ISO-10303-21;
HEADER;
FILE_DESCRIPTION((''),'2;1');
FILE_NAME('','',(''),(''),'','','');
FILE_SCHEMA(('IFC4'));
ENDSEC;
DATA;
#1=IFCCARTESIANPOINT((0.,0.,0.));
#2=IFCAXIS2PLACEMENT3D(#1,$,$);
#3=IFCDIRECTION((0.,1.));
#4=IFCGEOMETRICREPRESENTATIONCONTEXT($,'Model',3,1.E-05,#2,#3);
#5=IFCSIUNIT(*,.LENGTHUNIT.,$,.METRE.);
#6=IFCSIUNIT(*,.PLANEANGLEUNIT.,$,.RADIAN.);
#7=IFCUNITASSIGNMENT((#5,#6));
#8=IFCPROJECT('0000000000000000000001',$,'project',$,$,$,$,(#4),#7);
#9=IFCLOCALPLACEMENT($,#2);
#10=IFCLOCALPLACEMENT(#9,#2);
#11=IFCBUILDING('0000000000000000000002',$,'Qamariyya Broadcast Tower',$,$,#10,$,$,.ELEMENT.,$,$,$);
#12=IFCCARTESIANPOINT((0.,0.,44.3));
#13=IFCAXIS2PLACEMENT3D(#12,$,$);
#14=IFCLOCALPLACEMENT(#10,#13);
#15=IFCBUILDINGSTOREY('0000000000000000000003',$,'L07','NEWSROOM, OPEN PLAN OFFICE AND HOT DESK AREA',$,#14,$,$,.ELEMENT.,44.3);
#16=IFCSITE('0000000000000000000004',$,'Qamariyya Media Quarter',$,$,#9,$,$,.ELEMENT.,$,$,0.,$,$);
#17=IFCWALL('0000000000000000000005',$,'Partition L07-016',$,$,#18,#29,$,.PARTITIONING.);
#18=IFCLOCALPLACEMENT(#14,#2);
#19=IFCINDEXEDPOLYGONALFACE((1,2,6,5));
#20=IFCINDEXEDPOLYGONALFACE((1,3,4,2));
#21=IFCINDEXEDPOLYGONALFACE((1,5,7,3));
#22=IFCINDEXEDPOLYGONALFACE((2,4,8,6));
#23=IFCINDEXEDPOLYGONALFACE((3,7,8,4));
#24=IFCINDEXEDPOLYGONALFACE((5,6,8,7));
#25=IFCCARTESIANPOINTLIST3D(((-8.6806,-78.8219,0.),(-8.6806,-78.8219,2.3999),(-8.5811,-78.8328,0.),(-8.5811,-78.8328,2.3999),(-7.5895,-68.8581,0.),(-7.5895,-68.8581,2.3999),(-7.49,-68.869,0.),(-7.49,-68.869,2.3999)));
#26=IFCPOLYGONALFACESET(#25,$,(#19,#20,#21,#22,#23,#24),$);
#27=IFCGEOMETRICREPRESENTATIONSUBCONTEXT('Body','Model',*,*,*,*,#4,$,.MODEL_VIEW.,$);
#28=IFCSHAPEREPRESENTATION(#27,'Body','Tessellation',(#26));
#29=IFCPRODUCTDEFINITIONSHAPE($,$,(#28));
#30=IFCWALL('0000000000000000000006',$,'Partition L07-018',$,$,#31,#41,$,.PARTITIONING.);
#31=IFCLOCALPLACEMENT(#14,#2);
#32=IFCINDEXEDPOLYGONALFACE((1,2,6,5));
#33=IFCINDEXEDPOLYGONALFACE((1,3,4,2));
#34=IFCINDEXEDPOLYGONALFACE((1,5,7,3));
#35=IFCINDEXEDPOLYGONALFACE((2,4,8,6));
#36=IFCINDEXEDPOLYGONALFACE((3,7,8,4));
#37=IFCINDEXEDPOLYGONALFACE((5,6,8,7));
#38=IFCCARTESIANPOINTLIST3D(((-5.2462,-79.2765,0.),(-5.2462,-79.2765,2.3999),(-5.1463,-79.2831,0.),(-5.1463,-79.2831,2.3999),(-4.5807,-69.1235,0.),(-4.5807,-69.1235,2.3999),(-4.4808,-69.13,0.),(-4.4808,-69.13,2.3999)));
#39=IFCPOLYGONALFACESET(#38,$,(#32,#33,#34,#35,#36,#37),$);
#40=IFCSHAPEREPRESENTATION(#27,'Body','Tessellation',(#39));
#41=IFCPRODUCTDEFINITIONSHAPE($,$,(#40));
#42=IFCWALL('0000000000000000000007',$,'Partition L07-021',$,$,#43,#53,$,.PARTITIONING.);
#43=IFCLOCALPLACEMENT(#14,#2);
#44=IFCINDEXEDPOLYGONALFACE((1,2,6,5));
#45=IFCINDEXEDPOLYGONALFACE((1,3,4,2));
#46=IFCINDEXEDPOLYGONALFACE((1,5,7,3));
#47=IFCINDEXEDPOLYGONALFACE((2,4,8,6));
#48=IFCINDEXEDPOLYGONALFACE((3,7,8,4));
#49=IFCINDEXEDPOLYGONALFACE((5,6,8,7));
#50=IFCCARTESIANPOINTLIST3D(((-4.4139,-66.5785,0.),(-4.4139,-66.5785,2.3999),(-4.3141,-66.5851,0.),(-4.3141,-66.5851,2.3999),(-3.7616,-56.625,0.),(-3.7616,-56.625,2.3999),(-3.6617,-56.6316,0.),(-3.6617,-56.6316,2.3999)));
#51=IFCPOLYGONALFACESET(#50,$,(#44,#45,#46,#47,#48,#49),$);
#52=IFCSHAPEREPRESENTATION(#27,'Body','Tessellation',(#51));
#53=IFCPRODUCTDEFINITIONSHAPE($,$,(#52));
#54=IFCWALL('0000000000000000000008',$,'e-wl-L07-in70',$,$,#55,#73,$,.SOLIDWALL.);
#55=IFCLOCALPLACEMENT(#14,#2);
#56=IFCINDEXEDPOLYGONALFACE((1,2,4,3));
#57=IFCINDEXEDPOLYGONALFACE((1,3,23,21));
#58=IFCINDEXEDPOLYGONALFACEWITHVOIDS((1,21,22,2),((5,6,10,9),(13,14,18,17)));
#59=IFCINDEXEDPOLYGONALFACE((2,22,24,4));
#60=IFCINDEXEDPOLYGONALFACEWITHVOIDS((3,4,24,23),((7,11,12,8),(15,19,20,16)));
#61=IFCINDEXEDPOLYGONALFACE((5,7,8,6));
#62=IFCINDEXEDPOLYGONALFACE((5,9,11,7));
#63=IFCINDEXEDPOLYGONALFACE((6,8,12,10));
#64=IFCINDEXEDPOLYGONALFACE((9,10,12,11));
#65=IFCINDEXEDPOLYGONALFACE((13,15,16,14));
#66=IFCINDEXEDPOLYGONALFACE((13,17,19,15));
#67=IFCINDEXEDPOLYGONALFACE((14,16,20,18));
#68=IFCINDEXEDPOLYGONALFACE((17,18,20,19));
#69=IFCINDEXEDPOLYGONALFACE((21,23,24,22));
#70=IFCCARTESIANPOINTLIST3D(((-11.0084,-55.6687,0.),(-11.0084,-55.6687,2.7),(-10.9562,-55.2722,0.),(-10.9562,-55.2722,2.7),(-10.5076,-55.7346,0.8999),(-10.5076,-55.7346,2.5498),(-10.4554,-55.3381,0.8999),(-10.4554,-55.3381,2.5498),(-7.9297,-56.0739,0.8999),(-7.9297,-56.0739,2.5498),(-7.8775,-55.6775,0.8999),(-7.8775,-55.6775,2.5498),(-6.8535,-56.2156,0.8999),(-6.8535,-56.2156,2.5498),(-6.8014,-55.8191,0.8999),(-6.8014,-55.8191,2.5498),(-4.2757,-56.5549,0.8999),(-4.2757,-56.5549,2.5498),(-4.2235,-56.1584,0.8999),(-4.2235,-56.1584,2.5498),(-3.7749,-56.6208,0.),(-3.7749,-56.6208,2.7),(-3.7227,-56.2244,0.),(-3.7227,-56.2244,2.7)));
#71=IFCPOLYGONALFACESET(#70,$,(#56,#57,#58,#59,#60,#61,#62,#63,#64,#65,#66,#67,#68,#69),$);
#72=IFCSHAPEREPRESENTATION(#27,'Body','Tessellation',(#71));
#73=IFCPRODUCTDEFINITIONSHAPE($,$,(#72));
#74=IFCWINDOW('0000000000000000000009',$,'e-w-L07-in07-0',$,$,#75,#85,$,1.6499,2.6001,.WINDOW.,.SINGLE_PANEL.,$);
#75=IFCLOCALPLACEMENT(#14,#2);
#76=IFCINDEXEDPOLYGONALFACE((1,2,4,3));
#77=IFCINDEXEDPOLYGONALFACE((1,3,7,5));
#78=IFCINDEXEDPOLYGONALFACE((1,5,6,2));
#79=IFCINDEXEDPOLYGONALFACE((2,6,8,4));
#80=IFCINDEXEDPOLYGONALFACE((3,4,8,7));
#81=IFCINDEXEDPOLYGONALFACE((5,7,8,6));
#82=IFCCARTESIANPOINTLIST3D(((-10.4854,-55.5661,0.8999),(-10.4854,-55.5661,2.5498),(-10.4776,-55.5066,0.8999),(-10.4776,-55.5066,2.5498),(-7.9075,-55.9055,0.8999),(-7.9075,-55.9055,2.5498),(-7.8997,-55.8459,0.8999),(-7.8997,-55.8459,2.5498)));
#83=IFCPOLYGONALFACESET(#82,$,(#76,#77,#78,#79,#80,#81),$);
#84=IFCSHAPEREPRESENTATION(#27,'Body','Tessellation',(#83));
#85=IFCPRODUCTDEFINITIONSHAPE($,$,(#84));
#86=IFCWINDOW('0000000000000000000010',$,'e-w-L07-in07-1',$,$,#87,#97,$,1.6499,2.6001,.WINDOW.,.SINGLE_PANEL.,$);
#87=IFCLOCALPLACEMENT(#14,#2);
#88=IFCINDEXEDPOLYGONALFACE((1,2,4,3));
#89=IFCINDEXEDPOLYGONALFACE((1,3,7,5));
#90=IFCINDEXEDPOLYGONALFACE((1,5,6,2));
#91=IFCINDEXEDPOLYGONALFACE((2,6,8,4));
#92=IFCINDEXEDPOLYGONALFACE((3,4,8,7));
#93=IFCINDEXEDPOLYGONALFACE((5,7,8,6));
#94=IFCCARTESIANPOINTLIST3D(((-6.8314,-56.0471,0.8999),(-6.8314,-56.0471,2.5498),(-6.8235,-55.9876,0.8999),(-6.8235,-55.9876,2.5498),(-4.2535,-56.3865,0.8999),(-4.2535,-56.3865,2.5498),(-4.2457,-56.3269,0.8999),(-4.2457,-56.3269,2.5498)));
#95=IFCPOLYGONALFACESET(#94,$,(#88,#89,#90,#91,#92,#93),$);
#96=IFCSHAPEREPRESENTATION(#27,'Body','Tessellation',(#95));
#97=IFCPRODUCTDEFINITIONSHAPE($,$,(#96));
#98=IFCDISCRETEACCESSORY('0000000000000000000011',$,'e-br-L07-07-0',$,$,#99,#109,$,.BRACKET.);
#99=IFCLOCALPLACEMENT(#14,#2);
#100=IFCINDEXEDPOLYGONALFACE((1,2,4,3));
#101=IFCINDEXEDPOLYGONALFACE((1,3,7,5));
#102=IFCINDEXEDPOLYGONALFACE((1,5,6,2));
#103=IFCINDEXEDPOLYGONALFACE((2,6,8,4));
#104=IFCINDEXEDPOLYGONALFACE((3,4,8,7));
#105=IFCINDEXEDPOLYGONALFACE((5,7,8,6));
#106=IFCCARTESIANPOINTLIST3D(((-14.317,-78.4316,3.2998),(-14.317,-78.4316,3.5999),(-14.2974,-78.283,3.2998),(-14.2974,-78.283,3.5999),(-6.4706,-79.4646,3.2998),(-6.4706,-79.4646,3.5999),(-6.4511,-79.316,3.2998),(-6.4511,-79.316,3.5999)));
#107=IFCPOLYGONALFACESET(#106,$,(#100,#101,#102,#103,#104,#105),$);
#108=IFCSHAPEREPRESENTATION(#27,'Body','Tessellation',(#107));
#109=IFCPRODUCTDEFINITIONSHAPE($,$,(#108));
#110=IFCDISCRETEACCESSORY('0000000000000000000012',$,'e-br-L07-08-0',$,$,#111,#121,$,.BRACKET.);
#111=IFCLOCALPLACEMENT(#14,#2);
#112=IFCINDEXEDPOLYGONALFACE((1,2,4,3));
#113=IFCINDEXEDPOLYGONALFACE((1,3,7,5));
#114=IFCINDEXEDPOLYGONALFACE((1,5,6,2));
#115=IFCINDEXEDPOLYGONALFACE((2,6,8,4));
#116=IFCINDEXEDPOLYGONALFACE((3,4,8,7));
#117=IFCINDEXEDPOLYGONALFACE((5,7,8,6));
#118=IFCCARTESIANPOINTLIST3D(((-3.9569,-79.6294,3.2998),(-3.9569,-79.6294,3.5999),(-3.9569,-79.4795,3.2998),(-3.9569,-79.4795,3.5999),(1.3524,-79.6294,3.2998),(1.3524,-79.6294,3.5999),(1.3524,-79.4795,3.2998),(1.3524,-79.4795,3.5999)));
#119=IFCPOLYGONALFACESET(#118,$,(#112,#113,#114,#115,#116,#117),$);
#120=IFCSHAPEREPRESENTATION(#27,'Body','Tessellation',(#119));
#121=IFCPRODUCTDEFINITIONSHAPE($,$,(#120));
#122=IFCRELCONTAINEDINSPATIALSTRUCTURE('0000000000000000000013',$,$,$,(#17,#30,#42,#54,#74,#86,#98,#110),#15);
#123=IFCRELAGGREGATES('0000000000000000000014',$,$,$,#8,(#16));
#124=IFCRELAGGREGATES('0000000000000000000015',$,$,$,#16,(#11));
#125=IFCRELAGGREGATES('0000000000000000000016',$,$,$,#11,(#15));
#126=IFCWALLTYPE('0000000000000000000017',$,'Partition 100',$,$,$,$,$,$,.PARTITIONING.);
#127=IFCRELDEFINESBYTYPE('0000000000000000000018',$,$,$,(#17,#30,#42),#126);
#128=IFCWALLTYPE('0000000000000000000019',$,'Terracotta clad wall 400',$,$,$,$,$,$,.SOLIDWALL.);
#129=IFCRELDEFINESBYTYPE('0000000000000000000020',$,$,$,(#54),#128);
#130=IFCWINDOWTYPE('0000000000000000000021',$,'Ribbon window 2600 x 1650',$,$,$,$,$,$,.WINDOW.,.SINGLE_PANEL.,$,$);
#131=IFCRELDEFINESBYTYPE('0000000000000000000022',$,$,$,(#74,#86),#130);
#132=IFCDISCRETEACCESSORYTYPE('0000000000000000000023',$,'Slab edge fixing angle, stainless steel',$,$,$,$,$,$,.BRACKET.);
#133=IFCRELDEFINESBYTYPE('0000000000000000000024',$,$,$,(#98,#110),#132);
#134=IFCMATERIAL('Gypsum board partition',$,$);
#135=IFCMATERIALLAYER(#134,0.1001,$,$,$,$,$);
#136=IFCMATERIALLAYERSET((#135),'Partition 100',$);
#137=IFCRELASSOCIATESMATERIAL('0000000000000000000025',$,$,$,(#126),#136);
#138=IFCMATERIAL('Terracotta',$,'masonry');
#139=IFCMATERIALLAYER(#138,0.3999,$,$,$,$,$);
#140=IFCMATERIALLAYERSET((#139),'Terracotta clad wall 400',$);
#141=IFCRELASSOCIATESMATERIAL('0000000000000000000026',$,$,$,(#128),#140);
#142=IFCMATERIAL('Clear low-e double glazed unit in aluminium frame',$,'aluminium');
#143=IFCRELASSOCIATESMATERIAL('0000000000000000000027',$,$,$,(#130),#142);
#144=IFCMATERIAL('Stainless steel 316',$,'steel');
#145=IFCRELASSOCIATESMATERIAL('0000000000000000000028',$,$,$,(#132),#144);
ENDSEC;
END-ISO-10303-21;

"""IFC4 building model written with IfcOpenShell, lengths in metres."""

from ifc_helpers import new_model, si_unit, direction, frame, frame_2d, origin, origin_2d, place, context, subcontext, project, spatial, rectangle, extrude, material, layer, layer_set, type_object, element, fill, save


model = new_model("IFC4")

# Units and contexts
model_context = context("Model", 3, precision=1e-05, world=origin(), true_north=direction((0.0, 1.0)))
body_context = subcontext(model_context, "Body", "Model", "MODEL_VIEW")
ifc_project = project(units=[si_unit("LENGTHUNIT", "METRE"), si_unit("PLANEANGLEUNIT", "RADIAN")], contexts=[model_context])

# Site, building, storey
site_placement = place(None, origin())
site = spatial("IfcSite", under=ifc_project, at=site_placement, Name="Qamariyya Media Quarter", CompositionType="ELEMENT", RefElevation=0.0)
building_placement = place(site_placement, origin())
building = spatial("IfcBuilding", under=site, at=building_placement, Name="Qamariyya Broadcast Tower", CompositionType="ELEMENT")
storey_placement = place(building_placement, frame((0.0, 0.0, 44.3)))
storey = spatial("IfcBuildingStorey", under=building, at=storey_placement, Name="L07", Description="NEWSROOM, OPEN PLAN OFFICE AND HOT DESK AREA", CompositionType="ELEMENT", Elevation=44.3)

# Shared definitions
ifc_material_1 = material(Name="Gypsum board partition")

# Walls
ifc_layer_1 = layer(ifc_material_1, 0.1001)
ifc_layer_set_1 = layer_set([ifc_layer_1], Name="Partition 100")
wall_type_1 = type_object("IfcWallType", Name="Partition 100", PredefinedType="PARTITIONING", material=ifc_layer_set_1)
wall_1_placement = place(storey_placement, frame((-8.6309, -78.8274, 0.0), z_axis=(0.0, 0.0, 1.0), x_axis=(0.108851, 0.994058, 0.0)))
element("IfcWall", 1, at=wall_1_placement, inside=storey, type_object=wall_type_1, Name="Partition L07-016", PredefinedType="PARTITIONING", context=body_context, shape_type="SweptSolid", body=[
    extrude(rectangle(XDim=10.0234, YDim=0.1001, at=frame_2d((5.0117, 0.0))), origin(), (0.0, 0.0, 1.0), 2.3999),
])
wall_2_placement = place(storey_placement, frame((-5.1963, -79.2798, 0.0), z_axis=(0.0, 0.0, 1.0), x_axis=(0.065409, 0.997859, 0.0)))
element("IfcWall", 2, at=wall_2_placement, inside=storey, type_object=wall_type_1, Name="Partition L07-018", PredefinedType="PARTITIONING", context=body_context, shape_type="SweptSolid", body=[
    extrude(rectangle(XDim=10.1748, YDim=0.1001, at=frame_2d((5.0874, 0.0))), origin(), (0.0, 0.0, 1.0), 2.3999),
])
wall_3_placement = place(storey_placement, frame((-3.7117, -56.6284, 0.0), z_axis=(0.0, 0.0, 1.0), x_axis=(-0.065398, -0.997859, 0.0)))
element("IfcWall", 3, at=wall_3_placement, inside=storey, type_object=wall_type_1, Name="Partition L07-021", PredefinedType="PARTITIONING", context=body_context, shape_type="SweptSolid", body=[
    extrude(rectangle(XDim=9.9749, YDim=0.1001, at=frame_2d((4.9873, 0.0))), origin(), (0.0, 0.0, 1.0), 2.3999),
])

# Wall, openings, windows
ifc_material_2 = material(Name="Terracotta", Category="masonry")
ifc_layer_2 = layer(ifc_material_2, 0.3999)
ifc_layer_set_2 = layer_set([ifc_layer_2], Name="Terracotta clad wall 400")
wall_type_2 = type_object("IfcWallType", Name="Terracotta clad wall 400", PredefinedType="SOLIDWALL", material=ifc_layer_set_2)
wall_4_placement = place(storey_placement, frame((-3.7488, -56.4226, 0.0), z_axis=(0.0, 0.0, 1.0), x_axis=(-0.991447, 0.130506, 0.0)))
wall_4 = element("IfcWall", 4, at=wall_4_placement, inside=storey, type_object=wall_type_2, Name="e-wl-L07-in70", PredefinedType="SOLIDWALL", context=body_context, shape_type="SweptSolid", body=[
    extrude(rectangle(XDim=7.2959, YDim=0.3999, at=frame_2d((3.6479, 0.0))), origin(), (0.0, 0.0, 1.0), 2.7),
])
opening_1_placement = place(wall_4_placement, frame((4.1907, 0.0, 0.8999)))
opening_1 = element("IfcOpeningElement", 5, at=opening_1_placement, cuts=wall_4, PredefinedType="OPENING", context=body_context, shape_type="SweptSolid", body=[
    extrude(rectangle(XDim=2.6001, YDim=1.6499, at=frame_2d((1.3, 0.825))), frame((0.0, 0.21, 0.0), z_axis=(0.0, -1.0, 0.0), x_axis=(1.0, 0.0, 0.0)), (0.0, 0.0, 1.0), 0.4199),
])
opening_2_placement = place(wall_4_placement, frame((0.5051, 0.0, 0.8999)))
opening_2 = element("IfcOpeningElement", 6, at=opening_2_placement, cuts=wall_4, PredefinedType="OPENING", context=body_context, shape_type="SweptSolid", body=[
    extrude(rectangle(XDim=2.6001, YDim=1.6499, at=frame_2d((1.3, 0.825))), frame((0.0, 0.21, 0.0), z_axis=(0.0, -1.0, 0.0), x_axis=(1.0, 0.0, 0.0)), (0.0, 0.0, 1.0), 0.4199),
])
ifc_material_3 = material(Name="Clear low-e double glazed unit in aluminium frame", Category="aluminium")
window_type = type_object("IfcWindowType", Name="Ribbon window 2600 x 1650", PartitioningType="SINGLE_PANEL", PredefinedType="WINDOW", material=ifc_material_3)
window_1_placement = place(opening_1_placement, origin())
window_1 = element("IfcWindow", 7, at=window_1_placement, inside=storey, type_object=window_type, Name="e-w-L07-in07-0", OverallHeight=1.6499, OverallWidth=2.6001, PartitioningType="SINGLE_PANEL", PredefinedType="WINDOW", context=body_context, shape_type="SweptSolid", body=[
    extrude(rectangle(XDim=2.6001, YDim=1.6499, at=frame_2d((1.3, 0.825))), frame((0.0, 0.03, 0.0), z_axis=(0.0, -1.0, 0.0), x_axis=(1.0, 0.0, 0.0)), (0.0, 0.0, 1.0), 0.0601),
])
fill(opening_1, window_1)
window_2_placement = place(opening_2_placement, origin())
window_2 = element("IfcWindow", 8, at=window_2_placement, inside=storey, type_object=window_type, Name="e-w-L07-in07-1", OverallHeight=1.6499, OverallWidth=2.6001, PartitioningType="SINGLE_PANEL", PredefinedType="WINDOW", context=body_context, shape_type="SweptSolid", body=[
    extrude(rectangle(XDim=2.6001, YDim=1.6499, at=frame_2d((1.3, 0.825))), frame((0.0, 0.03, 0.0), z_axis=(0.0, -1.0, 0.0), x_axis=(1.0, 0.0, 0.0)), (0.0, 0.0, 1.0), 0.0601),
])
fill(opening_2, window_2)

# Discrete accessories
ifc_material_4 = material(Name="Stainless steel 316", Category="steel")
discrete_accessory_type = type_object("IfcDiscreteAccessoryType", Name="Slab edge fixing angle, stainless steel", PredefinedType="BRACKET", material=ifc_material_4)
discrete_accessory_1_placement = place(storey_placement, frame((-10.384, -78.8738, 3.2998), z_axis=(0.0, 0.0, 1.0), x_axis=(0.991445, -0.130526, 0.0)))
element("IfcDiscreteAccessory", 9, at=discrete_accessory_1_placement, inside=storey, type_object=discrete_accessory_type, Name="e-br-L07-07-0", PredefinedType="BRACKET", context=body_context, shape_type="SweptSolid", body=[
    extrude(rectangle(XDim=7.9141, YDim=0.1499, at=origin_2d()), origin(), (0.0, 0.0, 1.0), 0.3),
])
discrete_accessory_2_placement = place(storey_placement, frame((-1.3022, -79.5544, 3.2998), z_axis=(0.0, 0.0, 1.0), x_axis=(1.0, 0.0, 0.0)))
element("IfcDiscreteAccessory", 10, at=discrete_accessory_2_placement, inside=storey, type_object=discrete_accessory_type, Name="e-br-L07-08-0", PredefinedType="BRACKET", context=body_context, shape_type="SweptSolid", body=[
    extrude(rectangle(XDim=5.3093, YDim=0.1499, at=origin_2d()), origin(), (0.0, 0.0, 1.0), 0.3),
])

save(model, "model.ifc")
